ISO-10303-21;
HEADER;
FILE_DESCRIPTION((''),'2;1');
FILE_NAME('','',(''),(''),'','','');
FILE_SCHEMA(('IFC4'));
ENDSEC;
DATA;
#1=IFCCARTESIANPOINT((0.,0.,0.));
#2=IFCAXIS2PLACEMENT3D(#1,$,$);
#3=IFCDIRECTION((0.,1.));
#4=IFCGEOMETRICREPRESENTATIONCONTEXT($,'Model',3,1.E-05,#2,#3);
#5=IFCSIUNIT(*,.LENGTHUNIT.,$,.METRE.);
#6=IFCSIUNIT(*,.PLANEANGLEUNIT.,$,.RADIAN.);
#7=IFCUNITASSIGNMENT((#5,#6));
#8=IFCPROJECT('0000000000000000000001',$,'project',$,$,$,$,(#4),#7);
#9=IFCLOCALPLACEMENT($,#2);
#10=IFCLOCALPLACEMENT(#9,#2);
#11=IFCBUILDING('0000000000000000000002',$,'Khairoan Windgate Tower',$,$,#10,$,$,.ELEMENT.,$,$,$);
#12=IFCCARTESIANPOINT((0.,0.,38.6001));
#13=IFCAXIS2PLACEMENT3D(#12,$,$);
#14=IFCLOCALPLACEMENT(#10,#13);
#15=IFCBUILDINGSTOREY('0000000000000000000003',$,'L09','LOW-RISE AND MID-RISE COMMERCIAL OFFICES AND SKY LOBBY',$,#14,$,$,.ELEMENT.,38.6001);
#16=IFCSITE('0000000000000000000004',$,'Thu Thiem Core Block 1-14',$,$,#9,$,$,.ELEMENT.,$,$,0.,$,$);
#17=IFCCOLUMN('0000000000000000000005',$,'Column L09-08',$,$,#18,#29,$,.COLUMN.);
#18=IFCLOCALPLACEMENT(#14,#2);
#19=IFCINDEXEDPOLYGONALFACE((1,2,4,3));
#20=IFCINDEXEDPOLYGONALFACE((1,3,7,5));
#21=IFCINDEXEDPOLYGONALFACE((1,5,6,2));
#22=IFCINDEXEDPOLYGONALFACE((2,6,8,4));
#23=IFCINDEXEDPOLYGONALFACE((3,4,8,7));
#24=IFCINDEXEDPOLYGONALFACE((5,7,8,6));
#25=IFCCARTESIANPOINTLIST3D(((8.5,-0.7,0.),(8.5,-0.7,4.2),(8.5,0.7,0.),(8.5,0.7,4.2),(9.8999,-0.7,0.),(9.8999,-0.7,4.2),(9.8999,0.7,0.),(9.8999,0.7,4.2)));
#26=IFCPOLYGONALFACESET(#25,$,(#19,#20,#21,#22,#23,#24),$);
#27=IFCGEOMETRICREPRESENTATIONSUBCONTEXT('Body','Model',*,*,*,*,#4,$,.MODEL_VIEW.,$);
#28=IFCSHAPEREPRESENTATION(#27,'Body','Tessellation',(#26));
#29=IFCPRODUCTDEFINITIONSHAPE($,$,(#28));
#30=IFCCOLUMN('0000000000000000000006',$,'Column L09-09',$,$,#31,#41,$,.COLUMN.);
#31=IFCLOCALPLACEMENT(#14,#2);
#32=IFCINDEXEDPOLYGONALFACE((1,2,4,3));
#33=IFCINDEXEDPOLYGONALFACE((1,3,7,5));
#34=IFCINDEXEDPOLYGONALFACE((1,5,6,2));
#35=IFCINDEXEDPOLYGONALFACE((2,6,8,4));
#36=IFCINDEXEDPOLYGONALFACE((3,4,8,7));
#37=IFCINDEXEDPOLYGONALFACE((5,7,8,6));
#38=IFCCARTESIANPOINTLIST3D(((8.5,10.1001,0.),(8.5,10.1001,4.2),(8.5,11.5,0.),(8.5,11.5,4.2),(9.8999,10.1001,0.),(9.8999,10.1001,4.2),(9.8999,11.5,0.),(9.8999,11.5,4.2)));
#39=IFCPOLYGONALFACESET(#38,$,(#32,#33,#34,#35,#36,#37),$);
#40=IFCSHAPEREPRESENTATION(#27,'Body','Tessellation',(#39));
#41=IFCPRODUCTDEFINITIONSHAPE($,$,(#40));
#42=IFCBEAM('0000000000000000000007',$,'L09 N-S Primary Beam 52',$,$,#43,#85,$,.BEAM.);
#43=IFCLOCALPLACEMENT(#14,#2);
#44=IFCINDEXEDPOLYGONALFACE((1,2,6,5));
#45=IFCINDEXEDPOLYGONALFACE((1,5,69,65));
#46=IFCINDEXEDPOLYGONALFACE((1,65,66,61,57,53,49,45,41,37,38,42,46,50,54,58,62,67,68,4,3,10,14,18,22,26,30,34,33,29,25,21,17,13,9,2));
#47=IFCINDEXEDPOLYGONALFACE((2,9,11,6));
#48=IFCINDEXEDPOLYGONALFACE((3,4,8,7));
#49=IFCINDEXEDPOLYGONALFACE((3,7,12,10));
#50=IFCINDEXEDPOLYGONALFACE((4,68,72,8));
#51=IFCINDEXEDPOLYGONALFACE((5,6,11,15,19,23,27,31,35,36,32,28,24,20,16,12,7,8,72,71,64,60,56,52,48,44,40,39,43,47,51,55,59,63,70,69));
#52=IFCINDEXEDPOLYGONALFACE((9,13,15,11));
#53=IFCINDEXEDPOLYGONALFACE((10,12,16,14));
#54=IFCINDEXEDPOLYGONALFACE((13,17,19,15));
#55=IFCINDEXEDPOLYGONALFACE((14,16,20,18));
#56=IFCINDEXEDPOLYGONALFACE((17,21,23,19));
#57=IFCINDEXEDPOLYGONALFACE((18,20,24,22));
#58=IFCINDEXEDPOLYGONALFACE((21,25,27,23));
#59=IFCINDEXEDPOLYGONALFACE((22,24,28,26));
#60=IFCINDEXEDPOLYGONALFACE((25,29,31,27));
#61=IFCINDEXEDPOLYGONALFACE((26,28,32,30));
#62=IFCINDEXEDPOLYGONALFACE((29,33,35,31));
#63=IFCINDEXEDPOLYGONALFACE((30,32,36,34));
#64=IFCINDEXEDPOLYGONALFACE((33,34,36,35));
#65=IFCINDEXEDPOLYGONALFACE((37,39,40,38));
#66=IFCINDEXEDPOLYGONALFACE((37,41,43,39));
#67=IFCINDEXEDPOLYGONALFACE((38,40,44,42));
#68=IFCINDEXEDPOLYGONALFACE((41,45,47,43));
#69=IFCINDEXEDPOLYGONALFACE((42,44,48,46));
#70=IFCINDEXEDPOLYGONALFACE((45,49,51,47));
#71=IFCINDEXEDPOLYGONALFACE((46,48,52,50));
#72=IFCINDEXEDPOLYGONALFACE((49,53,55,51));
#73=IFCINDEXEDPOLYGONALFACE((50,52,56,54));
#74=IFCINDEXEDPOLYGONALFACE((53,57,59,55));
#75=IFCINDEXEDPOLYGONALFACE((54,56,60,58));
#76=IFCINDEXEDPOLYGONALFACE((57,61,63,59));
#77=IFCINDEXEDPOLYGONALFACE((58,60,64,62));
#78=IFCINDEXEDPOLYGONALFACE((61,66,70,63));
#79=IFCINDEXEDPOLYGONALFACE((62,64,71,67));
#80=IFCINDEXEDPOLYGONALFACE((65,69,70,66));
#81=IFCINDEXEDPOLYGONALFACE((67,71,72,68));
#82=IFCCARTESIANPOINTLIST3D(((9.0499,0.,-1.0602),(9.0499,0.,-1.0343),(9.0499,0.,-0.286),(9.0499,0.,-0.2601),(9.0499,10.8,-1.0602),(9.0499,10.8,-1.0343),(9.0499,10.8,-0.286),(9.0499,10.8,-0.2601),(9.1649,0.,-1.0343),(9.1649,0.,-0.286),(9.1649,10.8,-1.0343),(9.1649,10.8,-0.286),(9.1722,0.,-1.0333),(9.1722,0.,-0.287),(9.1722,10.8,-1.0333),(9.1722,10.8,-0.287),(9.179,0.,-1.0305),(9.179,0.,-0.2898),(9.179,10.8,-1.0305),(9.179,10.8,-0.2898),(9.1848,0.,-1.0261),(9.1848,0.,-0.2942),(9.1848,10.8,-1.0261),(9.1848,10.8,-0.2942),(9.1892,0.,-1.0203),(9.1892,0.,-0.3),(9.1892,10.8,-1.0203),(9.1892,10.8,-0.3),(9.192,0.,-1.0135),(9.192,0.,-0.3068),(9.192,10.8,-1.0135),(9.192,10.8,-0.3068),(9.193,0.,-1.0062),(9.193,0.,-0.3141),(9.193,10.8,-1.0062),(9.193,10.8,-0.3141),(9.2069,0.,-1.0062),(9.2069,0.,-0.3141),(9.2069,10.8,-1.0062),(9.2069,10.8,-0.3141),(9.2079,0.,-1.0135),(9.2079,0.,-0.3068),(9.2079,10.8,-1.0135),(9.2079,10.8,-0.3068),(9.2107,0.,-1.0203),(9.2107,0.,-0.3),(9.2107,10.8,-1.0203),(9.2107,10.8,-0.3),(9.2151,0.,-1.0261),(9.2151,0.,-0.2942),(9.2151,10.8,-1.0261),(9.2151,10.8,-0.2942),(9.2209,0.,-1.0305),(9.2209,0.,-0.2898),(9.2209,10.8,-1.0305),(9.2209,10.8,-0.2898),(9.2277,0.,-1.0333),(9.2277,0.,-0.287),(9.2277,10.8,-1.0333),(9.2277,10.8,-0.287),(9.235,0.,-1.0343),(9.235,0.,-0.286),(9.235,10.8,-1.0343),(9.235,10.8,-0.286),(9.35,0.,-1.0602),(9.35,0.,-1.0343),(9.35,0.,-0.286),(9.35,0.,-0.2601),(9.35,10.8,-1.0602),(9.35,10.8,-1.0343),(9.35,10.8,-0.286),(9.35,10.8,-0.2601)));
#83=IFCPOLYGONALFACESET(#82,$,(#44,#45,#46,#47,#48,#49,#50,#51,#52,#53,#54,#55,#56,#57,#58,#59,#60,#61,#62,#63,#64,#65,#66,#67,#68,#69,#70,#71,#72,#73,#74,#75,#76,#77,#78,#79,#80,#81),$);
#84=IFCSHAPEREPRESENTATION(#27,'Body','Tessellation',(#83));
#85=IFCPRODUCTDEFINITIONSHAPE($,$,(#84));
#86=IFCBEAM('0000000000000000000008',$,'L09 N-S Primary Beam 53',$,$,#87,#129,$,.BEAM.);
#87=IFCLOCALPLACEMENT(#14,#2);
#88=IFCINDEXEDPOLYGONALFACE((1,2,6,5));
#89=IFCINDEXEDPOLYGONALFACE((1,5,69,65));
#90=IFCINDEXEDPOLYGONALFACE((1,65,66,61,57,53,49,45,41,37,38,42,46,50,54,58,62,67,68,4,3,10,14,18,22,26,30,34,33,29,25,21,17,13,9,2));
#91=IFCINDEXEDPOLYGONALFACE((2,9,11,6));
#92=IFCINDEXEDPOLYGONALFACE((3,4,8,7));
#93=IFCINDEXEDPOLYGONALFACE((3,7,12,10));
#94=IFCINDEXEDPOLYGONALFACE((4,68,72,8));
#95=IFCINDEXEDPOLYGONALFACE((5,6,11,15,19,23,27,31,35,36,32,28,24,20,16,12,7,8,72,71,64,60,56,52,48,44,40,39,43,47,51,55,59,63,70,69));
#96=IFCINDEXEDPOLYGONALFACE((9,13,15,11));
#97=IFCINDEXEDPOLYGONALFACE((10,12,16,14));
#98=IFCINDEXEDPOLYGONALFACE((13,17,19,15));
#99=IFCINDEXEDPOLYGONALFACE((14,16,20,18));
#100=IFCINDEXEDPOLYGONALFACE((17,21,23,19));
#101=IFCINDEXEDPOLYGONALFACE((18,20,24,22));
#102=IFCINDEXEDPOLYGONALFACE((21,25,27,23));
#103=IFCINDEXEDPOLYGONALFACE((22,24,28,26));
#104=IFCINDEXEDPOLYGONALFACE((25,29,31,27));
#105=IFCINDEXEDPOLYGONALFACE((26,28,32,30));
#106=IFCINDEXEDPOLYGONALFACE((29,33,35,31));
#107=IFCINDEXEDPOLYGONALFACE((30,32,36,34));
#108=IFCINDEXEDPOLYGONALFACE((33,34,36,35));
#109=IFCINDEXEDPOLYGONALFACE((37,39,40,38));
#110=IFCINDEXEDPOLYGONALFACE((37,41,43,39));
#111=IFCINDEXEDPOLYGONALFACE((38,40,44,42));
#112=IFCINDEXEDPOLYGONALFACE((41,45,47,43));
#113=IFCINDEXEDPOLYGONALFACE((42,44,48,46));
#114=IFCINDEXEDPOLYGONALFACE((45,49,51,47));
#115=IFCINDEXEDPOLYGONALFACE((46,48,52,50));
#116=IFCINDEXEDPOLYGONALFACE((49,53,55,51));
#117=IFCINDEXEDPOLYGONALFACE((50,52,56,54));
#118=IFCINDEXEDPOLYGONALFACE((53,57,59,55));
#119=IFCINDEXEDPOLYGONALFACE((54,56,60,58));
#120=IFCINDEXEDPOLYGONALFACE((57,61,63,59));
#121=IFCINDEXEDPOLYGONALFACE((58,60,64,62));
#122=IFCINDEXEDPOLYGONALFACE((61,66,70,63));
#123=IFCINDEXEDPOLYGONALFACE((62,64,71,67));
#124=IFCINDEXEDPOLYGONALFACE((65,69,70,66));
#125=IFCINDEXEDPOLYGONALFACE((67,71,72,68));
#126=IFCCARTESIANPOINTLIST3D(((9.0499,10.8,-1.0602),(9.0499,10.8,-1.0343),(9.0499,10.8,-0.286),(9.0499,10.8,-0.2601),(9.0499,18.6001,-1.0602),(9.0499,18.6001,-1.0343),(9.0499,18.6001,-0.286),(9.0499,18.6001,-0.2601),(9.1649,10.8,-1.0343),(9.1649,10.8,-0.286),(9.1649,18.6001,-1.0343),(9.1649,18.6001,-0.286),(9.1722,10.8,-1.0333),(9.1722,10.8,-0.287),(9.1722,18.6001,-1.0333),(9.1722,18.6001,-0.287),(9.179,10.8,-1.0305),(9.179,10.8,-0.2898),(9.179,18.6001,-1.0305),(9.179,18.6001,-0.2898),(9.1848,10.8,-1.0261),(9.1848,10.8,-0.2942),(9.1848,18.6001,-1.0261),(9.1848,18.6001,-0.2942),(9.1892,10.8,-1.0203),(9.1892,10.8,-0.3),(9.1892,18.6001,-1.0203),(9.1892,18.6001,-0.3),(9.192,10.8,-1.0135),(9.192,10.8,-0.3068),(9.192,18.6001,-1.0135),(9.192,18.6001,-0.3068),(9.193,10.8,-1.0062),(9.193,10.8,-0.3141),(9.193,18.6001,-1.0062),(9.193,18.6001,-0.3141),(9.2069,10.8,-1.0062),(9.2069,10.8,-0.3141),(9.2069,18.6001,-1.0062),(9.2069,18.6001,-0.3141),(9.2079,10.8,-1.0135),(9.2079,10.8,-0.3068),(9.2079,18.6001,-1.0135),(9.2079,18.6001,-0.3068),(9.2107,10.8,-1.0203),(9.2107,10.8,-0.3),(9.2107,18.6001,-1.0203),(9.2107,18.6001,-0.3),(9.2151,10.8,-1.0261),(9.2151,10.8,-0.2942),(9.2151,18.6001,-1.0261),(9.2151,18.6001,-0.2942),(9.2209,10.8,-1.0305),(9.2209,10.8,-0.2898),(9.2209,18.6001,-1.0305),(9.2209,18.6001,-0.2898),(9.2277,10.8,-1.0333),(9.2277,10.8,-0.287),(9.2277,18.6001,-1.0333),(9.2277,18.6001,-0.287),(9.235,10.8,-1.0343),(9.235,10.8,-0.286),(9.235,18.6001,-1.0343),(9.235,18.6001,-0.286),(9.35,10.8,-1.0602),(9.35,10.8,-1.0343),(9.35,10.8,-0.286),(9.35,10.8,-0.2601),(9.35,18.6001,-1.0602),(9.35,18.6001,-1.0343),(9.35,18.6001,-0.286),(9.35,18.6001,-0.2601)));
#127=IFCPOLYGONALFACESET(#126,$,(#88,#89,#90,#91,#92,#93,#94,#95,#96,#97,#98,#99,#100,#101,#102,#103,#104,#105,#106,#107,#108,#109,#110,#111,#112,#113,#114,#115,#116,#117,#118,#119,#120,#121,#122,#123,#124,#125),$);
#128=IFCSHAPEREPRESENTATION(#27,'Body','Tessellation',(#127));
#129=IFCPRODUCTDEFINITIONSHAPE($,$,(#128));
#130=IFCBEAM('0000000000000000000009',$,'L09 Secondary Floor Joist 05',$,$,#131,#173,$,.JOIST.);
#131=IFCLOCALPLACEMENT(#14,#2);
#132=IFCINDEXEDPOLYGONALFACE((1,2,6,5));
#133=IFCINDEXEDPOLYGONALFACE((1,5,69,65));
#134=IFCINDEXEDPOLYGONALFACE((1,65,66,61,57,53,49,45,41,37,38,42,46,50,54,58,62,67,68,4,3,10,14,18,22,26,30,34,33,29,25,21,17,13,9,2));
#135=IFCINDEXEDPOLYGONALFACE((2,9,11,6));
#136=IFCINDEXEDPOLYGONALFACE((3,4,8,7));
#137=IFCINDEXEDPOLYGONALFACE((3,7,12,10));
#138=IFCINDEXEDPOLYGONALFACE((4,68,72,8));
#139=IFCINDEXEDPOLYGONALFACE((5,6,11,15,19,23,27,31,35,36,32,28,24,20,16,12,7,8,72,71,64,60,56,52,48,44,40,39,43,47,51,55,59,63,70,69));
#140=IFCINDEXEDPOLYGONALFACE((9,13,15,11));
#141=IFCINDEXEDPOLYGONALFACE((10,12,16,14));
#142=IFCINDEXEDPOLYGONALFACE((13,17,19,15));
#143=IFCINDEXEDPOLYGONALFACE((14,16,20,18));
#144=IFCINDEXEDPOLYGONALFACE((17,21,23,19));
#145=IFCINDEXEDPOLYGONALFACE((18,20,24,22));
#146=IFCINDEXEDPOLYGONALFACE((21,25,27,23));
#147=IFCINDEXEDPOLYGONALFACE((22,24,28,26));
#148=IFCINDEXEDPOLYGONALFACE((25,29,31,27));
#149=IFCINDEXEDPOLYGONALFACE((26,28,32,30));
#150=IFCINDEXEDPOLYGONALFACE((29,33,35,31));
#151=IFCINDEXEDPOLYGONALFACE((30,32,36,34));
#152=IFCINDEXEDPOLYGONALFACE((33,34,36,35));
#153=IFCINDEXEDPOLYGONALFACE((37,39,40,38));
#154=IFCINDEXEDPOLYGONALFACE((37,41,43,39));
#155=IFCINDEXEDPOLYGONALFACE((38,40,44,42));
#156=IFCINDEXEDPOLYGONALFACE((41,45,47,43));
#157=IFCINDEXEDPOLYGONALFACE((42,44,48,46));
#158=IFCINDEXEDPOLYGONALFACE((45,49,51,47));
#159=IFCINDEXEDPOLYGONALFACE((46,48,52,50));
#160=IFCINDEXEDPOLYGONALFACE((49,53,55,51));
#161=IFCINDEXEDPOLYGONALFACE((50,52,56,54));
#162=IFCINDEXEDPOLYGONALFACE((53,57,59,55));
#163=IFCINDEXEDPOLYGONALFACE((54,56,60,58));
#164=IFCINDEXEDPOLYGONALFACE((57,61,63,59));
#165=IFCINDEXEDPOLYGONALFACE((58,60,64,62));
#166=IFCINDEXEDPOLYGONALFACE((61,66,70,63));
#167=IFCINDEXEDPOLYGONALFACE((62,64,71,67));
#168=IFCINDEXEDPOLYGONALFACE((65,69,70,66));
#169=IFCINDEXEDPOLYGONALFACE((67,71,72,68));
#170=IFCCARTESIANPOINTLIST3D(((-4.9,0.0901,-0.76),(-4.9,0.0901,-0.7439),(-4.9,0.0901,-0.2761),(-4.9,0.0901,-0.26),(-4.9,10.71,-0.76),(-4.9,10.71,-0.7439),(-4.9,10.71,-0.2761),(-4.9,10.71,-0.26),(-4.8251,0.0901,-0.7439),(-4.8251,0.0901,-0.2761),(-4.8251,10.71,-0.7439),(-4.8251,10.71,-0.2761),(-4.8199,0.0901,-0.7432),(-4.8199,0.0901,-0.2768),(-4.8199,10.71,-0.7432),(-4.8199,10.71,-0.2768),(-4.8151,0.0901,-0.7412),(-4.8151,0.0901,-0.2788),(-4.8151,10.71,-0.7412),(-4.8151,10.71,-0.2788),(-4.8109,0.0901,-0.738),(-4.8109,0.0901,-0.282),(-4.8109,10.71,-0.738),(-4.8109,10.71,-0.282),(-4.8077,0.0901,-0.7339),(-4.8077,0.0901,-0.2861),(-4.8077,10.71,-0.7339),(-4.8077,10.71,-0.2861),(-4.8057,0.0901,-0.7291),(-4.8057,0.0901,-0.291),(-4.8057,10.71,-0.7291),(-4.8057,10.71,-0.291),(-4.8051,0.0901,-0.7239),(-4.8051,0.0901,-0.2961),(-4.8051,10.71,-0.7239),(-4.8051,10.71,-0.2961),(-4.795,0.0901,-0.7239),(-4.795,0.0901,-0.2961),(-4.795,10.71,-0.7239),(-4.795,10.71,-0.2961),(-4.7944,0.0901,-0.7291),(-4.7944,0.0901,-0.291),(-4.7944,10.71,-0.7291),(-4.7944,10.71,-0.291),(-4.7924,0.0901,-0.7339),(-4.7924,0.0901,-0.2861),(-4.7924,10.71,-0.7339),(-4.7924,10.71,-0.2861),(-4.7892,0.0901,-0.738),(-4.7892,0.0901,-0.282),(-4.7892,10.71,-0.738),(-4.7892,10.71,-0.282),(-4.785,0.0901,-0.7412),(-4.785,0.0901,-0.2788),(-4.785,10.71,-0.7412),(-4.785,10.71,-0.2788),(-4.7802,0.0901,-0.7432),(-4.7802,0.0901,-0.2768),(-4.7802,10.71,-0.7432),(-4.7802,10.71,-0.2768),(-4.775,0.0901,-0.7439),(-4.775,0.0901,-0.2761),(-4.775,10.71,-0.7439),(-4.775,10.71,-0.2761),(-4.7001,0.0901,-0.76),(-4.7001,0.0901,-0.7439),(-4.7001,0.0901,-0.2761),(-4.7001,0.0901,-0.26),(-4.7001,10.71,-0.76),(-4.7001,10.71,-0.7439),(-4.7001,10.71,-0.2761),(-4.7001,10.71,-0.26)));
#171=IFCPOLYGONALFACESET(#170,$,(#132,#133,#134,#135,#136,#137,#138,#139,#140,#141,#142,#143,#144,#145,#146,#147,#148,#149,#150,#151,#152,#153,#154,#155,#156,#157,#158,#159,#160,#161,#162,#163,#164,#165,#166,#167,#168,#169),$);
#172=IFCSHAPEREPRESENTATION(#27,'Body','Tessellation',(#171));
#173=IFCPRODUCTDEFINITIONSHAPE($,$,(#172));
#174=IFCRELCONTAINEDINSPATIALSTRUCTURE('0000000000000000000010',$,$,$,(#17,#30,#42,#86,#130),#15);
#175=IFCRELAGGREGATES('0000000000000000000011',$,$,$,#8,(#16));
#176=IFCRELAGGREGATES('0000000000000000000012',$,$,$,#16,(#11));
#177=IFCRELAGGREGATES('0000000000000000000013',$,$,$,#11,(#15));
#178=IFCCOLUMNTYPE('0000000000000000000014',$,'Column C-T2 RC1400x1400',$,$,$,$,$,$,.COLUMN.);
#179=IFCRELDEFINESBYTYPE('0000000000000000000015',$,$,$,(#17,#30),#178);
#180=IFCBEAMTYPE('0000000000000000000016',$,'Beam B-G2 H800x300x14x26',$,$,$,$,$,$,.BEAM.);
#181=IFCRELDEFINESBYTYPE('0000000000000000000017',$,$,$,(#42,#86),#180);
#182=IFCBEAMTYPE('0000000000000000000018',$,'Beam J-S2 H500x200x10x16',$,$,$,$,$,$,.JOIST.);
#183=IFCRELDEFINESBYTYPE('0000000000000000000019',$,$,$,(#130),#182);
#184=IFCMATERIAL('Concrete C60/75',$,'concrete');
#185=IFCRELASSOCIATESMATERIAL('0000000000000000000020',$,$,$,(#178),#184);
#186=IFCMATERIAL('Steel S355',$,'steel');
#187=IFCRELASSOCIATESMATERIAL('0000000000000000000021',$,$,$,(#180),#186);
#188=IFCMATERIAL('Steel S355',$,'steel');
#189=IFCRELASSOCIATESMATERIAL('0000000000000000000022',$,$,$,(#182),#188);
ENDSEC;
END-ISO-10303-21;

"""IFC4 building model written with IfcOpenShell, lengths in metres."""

from ifc_helpers import new_model, si_unit, direction, frame, origin, origin_2d, place, context, subcontext, project, spatial, rectangle, i_section, extrude, material, material_profile, profile_set, type_object, element, save


model = new_model("IFC4")

# Units and contexts
model_context = context("Model", 3, precision=1e-05, world=origin(), true_north=direction((0.0, 1.0)))
body_context = subcontext(model_context, "Body", "Model", "MODEL_VIEW")
ifc_project = project(units=[si_unit("LENGTHUNIT", "METRE"), si_unit("PLANEANGLEUNIT", "RADIAN")], contexts=[model_context])

# Site, building, storey
site_placement = place(None, origin())
site = spatial("IfcSite", under=ifc_project, at=site_placement, Name="Thu Thiem Core Block 1-14", CompositionType="ELEMENT", RefElevation=0.0)
building_placement = place(site_placement, origin())
building = spatial("IfcBuilding", under=site, at=building_placement, Name="Khairoan Windgate Tower", CompositionType="ELEMENT")
storey_placement = place(building_placement, frame((0.0, 0.0, 38.6001)))
storey = spatial("IfcBuildingStorey", under=building, at=storey_placement, Name="L09", Description="LOW-RISE AND MID-RISE COMMERCIAL OFFICES AND SKY LOBBY", CompositionType="ELEMENT", Elevation=38.6001)

# Columns
ifc_material_1 = material(Name="Concrete C60/75", Category="concrete")
ifc_material_profile_1 = material_profile(ifc_material_1, rectangle(XDim=1.3999, YDim=1.3999, at=origin_2d()))
ifc_profile_set_1 = profile_set([ifc_material_profile_1], Name="Concrete C60/75")
column_type = type_object("IfcColumnType", Name="Column C-T2 RC1400x1400", PredefinedType="COLUMN", material=ifc_profile_set_1)
for number, where, z_axis, x_axis, name in (
    (1, (9.2, 0.0, 0.0), (0.0, 0.0, 1.0), (1.0, 0.0, 0.0), "Column L09-08"),
    (2, (9.2, 10.8, 0.0), (0.0, 0.0, 1.0), (1.0, 0.0, 0.0), "Column L09-09"),
):
    element("IfcColumn", number, at=place(storey_placement, frame(where, z_axis=z_axis, x_axis=x_axis)), inside=storey, type_object=column_type, Name=name, PredefinedType="COLUMN", context=body_context, shape_type="SweptSolid", body=[
        extrude(rectangle(XDim=1.3999, YDim=1.3999, at=origin_2d()), origin(), (0.0, 0.0, 1.0), 4.2),
    ])

# Beams
ifc_material_2 = material(Name="Steel S355", Category="steel")
ifc_material_profile_2 = material_profile(ifc_material_2, i_section(OverallWidth=0.3, OverallDepth=0.8, WebThickness=0.0139, FlangeThickness=0.0259, FilletRadius=0.0281, at=origin_2d()))
ifc_profile_set_2 = profile_set([ifc_material_profile_2], Name="Steel S355")
beam_type_1 = type_object("IfcBeamType", Name="Beam B-G2 H800x300x14x26", PredefinedType="BEAM", material=ifc_profile_set_2)
beam_1_placement = place(storey_placement, frame((9.2, 0.0, -0.6602), z_axis=(0.0, 1.0, 0.0), x_axis=(-1.0, 0.0, 0.0)))
element("IfcBeam", 3, at=beam_1_placement, inside=storey, type_object=beam_type_1, Name="L09 N-S Primary Beam 52", PredefinedType="BEAM", context=body_context, shape_type="SweptSolid", body=[
    extrude(i_section(OverallWidth=0.3, OverallDepth=0.8, WebThickness=0.0139, FlangeThickness=0.0259, FilletRadius=0.0281, at=origin_2d()), origin(), (0.0, 0.0, 1.0), 10.8),
])
beam_2_placement = place(storey_placement, frame((9.2, 10.8, -0.6602), z_axis=(0.0, 1.0, 0.0), x_axis=(-1.0, 0.0, 0.0)))
element("IfcBeam", 4, at=beam_2_placement, inside=storey, type_object=beam_type_1, Name="L09 N-S Primary Beam 53", PredefinedType="BEAM", context=body_context, shape_type="SweptSolid", body=[
    extrude(i_section(OverallWidth=0.3, OverallDepth=0.8, WebThickness=0.0139, FlangeThickness=0.0259, FilletRadius=0.0281, at=origin_2d()), origin(), (0.0, 0.0, 1.0), 7.8),
])
ifc_material_3 = material(Name="Steel S355", Category="steel")
ifc_material_profile_3 = material_profile(ifc_material_3, i_section(OverallWidth=0.2, OverallDepth=0.5, WebThickness=0.01, FlangeThickness=0.0161, FilletRadius=0.02, at=origin_2d()))
ifc_profile_set_3 = profile_set([ifc_material_profile_3], Name="Steel S355")
beam_type_2 = type_object("IfcBeamType", Name="Beam J-S2 H500x200x10x16", PredefinedType="JOIST", material=ifc_profile_set_3)
for number, where, z_axis, x_axis, name in (
    (5, (-4.8, 0.0901, -0.51), (0.0, 1.0, 0.0), (-1.0, 0.0, 0.0), "L09 Secondary Floor Joist 05"),
):
    element("IfcBeam", number, at=place(storey_placement, frame(where, z_axis=z_axis, x_axis=x_axis)), inside=storey, type_object=beam_type_2, Name=name, PredefinedType="JOIST", context=body_context, shape_type="SweptSolid", body=[
        extrude(i_section(OverallWidth=0.2, OverallDepth=0.5, WebThickness=0.01, FlangeThickness=0.0161, FilletRadius=0.02, at=origin_2d()), origin(), (0.0, 0.0, 1.0), 10.6199),
    ])

save(model, "model.ifc")
